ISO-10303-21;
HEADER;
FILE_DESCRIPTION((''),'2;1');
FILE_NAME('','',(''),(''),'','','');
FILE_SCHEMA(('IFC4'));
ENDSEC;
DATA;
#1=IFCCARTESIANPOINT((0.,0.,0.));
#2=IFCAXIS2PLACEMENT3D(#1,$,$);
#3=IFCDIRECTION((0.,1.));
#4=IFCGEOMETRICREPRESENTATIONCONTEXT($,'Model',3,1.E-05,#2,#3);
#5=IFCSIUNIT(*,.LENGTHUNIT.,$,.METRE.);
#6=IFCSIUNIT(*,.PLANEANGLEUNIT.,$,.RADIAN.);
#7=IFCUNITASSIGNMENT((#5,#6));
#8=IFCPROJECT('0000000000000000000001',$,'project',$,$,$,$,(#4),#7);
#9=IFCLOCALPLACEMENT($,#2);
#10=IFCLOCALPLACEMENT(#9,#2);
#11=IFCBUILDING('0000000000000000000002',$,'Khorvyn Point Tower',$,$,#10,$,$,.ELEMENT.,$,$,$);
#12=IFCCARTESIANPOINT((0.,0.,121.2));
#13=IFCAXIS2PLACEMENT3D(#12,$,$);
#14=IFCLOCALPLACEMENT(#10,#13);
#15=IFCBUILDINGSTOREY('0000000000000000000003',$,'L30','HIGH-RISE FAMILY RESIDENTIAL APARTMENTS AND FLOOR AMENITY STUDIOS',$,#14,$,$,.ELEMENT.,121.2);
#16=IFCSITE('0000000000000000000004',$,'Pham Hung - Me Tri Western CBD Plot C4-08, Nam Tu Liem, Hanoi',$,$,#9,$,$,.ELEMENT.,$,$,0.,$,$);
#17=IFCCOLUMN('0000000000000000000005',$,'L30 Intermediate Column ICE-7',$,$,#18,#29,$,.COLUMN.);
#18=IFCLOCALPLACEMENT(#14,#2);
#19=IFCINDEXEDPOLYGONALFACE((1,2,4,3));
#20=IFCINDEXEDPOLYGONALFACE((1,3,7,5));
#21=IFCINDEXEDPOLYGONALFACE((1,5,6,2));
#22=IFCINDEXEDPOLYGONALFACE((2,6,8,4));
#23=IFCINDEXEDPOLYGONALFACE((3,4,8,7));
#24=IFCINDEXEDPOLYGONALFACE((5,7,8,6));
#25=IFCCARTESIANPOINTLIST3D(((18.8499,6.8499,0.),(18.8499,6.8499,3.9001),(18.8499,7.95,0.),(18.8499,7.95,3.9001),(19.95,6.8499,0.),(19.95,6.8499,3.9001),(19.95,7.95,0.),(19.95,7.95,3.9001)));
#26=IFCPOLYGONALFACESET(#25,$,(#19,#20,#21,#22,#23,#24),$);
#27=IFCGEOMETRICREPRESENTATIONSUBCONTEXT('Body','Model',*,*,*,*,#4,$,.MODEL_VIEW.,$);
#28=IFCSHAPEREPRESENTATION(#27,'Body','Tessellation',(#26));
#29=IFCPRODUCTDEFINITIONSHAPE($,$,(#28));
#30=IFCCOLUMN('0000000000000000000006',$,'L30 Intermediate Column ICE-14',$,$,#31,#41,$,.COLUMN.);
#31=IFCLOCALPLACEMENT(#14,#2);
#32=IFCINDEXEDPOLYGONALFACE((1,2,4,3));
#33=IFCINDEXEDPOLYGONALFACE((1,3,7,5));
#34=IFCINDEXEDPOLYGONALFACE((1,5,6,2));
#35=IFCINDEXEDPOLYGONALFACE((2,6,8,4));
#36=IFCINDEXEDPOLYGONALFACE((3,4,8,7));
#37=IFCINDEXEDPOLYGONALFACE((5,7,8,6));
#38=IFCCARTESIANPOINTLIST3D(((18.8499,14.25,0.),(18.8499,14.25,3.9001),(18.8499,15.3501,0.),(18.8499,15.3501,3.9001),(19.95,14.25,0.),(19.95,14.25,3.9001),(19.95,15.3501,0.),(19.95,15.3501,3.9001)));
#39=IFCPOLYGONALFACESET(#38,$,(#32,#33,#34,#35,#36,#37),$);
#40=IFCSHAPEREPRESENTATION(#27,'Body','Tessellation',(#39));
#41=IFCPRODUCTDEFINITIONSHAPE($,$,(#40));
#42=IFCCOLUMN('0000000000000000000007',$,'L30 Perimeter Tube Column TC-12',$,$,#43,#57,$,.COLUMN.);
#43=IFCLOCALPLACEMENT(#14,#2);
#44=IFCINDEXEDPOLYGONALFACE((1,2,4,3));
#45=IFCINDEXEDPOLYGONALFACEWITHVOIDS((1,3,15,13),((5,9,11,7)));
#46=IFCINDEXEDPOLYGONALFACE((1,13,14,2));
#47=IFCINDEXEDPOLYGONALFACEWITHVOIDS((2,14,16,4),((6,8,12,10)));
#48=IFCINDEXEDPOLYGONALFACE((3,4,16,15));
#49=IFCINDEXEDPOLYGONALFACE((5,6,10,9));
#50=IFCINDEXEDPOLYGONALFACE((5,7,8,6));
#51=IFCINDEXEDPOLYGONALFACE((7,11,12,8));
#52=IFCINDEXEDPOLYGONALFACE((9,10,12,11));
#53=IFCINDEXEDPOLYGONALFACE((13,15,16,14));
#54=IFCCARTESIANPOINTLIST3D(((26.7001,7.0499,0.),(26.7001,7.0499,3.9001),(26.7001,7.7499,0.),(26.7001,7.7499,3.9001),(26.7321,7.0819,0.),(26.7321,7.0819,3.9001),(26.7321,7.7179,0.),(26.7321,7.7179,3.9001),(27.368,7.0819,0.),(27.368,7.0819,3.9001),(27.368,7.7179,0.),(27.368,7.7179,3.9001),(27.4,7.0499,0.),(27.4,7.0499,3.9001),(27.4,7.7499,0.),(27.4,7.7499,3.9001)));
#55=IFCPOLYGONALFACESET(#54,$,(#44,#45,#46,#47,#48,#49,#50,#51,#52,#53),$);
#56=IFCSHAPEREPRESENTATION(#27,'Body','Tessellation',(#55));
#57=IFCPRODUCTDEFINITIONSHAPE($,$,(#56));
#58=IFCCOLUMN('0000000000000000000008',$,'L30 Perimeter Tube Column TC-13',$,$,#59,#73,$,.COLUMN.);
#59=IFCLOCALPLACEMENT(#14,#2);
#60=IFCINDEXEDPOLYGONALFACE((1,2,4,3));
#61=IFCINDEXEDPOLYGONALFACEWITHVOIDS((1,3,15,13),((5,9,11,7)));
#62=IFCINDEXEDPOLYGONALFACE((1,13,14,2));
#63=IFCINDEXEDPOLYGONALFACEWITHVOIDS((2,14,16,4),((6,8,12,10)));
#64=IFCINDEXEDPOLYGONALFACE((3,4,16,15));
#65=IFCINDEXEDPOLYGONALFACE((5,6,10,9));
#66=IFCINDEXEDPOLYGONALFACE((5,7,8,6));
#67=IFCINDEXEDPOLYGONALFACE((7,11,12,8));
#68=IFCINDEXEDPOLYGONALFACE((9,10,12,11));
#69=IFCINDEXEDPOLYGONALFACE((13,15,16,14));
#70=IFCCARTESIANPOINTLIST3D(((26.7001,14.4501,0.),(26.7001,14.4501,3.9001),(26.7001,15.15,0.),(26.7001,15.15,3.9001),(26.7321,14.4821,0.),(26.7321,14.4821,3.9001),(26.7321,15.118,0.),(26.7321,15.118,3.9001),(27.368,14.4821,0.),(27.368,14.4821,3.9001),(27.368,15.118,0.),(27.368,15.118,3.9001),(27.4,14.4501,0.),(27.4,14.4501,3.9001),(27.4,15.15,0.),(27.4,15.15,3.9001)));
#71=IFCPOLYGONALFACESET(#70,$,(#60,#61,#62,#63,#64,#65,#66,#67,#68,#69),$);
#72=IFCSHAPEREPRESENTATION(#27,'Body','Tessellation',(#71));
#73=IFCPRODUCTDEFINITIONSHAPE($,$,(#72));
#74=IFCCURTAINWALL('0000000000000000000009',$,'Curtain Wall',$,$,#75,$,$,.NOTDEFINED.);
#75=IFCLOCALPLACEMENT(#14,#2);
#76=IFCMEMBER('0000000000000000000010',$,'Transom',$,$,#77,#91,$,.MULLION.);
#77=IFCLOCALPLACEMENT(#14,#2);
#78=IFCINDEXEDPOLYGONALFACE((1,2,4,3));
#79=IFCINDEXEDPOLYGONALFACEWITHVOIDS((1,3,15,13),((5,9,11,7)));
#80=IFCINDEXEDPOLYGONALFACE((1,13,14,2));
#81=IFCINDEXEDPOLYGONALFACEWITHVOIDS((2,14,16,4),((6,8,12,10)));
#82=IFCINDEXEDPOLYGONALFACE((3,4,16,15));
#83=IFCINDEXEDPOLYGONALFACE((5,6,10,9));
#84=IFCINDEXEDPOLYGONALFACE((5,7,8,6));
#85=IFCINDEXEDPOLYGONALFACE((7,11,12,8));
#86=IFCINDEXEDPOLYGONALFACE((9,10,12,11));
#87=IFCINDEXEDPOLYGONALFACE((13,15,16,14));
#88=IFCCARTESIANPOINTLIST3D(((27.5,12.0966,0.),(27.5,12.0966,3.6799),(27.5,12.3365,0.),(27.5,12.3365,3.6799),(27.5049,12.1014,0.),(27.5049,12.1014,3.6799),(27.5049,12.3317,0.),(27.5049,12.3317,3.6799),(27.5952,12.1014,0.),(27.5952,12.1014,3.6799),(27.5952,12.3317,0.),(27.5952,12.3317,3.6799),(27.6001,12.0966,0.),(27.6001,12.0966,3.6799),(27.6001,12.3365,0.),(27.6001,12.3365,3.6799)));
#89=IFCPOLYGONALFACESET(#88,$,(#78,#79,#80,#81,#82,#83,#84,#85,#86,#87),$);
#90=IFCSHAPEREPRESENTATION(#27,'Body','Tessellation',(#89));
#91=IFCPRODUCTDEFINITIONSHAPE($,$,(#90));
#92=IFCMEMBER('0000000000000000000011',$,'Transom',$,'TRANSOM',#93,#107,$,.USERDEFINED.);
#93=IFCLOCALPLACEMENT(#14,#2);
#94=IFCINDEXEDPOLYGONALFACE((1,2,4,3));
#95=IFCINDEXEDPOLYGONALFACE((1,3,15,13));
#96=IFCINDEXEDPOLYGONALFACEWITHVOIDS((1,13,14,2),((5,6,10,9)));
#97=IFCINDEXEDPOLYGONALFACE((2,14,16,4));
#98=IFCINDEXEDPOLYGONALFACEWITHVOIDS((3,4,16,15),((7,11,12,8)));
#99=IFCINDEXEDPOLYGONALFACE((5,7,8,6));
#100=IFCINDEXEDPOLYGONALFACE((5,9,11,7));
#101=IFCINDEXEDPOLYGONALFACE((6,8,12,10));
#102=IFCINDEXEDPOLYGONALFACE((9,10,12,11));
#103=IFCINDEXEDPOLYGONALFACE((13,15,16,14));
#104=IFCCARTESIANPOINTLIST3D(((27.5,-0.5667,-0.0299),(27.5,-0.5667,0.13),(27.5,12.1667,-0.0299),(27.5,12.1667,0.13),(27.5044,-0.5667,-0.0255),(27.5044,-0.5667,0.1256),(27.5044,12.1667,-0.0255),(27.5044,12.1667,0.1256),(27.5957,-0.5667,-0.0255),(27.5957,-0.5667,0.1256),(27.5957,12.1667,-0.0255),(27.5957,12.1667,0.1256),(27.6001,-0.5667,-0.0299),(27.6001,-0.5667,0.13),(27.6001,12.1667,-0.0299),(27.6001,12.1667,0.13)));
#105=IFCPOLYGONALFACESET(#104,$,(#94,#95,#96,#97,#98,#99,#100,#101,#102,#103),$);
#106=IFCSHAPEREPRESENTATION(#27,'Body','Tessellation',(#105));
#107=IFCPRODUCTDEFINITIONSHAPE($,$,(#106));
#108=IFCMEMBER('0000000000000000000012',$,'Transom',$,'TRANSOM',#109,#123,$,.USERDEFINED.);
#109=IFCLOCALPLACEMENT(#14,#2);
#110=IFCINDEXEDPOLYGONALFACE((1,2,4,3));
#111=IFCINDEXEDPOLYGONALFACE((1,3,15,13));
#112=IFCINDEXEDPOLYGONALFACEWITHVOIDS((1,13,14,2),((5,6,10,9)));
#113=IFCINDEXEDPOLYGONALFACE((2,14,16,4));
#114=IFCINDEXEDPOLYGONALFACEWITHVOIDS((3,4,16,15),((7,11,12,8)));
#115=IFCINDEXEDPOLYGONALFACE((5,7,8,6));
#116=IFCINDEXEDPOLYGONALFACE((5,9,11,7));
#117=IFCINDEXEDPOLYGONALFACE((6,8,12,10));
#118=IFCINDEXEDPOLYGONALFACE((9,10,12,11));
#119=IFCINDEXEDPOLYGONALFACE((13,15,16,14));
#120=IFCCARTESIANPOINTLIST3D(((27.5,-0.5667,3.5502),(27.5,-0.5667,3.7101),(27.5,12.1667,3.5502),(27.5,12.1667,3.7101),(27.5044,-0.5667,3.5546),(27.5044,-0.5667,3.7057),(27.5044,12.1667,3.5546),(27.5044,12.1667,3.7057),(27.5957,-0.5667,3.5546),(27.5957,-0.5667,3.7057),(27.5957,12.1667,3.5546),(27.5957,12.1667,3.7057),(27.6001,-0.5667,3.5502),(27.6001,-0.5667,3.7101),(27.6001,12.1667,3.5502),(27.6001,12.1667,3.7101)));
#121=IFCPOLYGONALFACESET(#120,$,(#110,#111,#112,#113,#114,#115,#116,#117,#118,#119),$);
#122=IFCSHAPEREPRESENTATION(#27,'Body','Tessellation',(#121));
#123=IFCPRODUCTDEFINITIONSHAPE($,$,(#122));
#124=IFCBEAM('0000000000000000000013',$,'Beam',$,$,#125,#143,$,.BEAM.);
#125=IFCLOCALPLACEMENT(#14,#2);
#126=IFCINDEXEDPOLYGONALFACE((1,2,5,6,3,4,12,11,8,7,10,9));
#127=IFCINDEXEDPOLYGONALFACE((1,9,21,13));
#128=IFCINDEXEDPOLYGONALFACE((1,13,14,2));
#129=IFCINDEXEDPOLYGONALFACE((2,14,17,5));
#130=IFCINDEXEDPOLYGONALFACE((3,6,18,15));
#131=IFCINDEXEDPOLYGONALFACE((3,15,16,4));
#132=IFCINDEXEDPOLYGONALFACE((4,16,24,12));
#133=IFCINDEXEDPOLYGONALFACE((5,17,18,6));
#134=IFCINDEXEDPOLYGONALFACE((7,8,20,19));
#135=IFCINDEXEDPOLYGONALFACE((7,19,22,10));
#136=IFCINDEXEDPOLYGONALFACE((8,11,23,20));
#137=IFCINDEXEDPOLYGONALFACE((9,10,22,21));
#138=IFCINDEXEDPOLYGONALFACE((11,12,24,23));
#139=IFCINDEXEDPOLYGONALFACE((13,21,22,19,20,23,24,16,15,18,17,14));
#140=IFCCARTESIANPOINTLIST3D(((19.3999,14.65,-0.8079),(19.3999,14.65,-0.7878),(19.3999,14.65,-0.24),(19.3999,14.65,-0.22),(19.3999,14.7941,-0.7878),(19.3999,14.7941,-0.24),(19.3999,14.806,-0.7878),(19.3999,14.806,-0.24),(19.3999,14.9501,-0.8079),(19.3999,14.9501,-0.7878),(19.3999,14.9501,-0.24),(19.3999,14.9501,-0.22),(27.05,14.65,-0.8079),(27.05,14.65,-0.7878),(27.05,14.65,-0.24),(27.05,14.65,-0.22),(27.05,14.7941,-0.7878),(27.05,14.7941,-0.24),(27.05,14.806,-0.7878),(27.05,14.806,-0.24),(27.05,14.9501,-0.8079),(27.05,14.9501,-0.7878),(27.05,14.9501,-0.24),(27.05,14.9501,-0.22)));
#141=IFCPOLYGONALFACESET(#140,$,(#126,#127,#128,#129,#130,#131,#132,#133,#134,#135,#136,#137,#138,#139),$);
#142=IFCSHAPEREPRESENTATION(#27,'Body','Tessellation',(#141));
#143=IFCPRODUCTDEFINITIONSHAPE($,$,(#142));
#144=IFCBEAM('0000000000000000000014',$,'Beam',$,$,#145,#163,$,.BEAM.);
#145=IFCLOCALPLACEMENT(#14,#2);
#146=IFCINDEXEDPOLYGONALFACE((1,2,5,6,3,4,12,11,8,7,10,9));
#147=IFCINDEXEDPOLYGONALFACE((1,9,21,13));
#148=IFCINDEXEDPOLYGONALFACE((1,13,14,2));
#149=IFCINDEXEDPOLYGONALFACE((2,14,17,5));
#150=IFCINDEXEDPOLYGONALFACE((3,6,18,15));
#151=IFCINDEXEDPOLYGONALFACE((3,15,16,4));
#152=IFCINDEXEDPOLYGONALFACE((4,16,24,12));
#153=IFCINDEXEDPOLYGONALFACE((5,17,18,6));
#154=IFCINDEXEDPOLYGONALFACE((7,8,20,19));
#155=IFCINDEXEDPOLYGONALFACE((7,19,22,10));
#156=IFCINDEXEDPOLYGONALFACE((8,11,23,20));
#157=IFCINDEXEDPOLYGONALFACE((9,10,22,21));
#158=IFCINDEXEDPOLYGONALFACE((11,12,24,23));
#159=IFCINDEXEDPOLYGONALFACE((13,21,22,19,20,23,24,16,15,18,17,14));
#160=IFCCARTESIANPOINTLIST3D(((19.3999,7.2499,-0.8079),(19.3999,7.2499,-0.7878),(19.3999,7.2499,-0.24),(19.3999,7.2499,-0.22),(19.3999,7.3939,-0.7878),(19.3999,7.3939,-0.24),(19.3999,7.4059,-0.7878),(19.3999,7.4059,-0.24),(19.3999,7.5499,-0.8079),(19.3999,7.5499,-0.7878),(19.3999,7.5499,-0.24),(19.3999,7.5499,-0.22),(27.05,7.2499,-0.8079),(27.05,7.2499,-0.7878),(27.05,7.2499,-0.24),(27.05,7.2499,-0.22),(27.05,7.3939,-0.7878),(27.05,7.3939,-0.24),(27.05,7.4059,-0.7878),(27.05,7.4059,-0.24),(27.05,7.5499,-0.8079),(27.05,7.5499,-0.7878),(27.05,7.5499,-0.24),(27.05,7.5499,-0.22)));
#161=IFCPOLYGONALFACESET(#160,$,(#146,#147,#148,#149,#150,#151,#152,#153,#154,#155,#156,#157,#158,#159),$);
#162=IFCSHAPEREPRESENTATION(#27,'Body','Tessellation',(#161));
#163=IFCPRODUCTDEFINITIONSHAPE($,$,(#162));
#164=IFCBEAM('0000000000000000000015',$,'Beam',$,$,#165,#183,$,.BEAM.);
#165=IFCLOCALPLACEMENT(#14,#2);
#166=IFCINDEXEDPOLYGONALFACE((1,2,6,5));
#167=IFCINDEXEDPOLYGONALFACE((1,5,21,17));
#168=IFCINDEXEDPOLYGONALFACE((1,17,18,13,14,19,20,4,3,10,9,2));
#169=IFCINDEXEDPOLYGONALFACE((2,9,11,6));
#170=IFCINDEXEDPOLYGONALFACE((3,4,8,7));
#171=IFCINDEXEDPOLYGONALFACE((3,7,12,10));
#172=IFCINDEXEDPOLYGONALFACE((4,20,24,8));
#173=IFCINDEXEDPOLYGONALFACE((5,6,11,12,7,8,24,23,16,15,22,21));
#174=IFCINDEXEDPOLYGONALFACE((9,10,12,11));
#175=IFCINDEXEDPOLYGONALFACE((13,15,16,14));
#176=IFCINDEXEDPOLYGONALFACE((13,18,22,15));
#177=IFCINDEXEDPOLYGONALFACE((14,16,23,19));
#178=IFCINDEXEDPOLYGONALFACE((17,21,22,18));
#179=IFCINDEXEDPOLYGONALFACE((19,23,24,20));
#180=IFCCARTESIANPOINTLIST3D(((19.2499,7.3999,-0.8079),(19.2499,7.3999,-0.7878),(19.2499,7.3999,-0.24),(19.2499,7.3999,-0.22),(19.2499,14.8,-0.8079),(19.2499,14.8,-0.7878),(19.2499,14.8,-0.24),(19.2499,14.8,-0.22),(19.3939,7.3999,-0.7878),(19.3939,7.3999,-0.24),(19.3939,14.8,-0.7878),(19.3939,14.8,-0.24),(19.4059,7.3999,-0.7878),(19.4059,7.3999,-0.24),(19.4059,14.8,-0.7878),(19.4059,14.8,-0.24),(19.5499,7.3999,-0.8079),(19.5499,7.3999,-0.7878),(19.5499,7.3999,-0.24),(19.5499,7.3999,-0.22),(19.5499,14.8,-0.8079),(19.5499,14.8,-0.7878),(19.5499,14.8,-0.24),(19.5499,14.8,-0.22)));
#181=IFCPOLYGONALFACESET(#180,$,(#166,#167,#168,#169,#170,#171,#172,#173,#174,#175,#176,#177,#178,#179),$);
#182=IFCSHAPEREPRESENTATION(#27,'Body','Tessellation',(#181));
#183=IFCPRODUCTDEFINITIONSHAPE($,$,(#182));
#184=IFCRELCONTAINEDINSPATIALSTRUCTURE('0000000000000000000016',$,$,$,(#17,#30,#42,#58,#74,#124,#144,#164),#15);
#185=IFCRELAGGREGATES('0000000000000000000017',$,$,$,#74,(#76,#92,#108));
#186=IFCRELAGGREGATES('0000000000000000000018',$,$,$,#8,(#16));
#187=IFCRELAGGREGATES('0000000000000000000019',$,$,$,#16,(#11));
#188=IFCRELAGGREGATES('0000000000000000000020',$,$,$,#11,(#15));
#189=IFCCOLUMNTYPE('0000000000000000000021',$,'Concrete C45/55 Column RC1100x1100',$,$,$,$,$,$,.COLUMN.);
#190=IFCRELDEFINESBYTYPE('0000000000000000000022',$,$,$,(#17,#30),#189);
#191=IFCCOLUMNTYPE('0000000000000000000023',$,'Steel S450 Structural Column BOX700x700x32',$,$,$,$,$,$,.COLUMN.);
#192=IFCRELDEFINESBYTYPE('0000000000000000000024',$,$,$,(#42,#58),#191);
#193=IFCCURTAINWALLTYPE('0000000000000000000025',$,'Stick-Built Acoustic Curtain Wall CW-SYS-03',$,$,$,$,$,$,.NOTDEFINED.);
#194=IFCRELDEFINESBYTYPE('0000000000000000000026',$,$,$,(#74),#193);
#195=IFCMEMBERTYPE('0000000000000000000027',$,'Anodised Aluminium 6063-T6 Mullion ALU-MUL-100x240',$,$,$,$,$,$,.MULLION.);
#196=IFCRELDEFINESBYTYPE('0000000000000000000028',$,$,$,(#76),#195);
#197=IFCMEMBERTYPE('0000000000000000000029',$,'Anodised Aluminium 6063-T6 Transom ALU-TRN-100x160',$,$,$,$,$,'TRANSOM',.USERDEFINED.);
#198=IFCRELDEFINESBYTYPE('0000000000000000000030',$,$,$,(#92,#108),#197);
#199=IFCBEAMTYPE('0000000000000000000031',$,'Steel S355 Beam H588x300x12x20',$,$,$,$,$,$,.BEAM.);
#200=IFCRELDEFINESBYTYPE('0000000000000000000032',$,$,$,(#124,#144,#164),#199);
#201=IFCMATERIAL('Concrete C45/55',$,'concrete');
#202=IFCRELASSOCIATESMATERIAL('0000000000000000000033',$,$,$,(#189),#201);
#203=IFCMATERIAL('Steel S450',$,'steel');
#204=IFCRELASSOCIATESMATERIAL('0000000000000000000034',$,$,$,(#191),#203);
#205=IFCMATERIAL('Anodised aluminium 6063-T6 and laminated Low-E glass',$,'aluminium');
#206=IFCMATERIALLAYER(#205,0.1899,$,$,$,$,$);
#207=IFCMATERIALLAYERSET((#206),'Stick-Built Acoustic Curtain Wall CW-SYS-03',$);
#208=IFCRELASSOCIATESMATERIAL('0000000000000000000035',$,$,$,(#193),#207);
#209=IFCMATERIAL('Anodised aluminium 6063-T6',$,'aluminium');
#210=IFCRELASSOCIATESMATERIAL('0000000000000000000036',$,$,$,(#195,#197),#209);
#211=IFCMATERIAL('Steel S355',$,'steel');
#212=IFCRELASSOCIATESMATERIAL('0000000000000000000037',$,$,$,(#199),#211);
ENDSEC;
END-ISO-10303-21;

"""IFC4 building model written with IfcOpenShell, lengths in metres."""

from ifc_helpers import new_model, si_unit, direction, frame, origin, origin_2d, place, context, subcontext, project, spatial, rectangle, hollow_rectangle, i_section, extrude, material, layer, layer_set, material_profile, profile_set, type_object, element, aggregate, save


model = new_model("IFC4")

# Units and contexts
model_context = context("Model", 3, precision=1e-05, world=origin(), true_north=direction((0.0, 1.0)))
body_context = subcontext(model_context, "Body", "Model", "MODEL_VIEW")
ifc_project = project(units=[si_unit("LENGTHUNIT", "METRE"), si_unit("PLANEANGLEUNIT", "RADIAN")], contexts=[model_context])

# Site, building, storey
site_placement = place(None, origin())
site = spatial("IfcSite", under=ifc_project, at=site_placement, Name="Pham Hung - Me Tri Western CBD Plot C4-08, Nam Tu Liem, Hanoi", CompositionType="ELEMENT", RefElevation=0.0)
building_placement = place(site_placement, origin())
building = spatial("IfcBuilding", under=site, at=building_placement, Name="Khorvyn Point Tower", CompositionType="ELEMENT")
storey_placement = place(building_placement, frame((0.0, 0.0, 121.2)))
storey = spatial("IfcBuildingStorey", under=building, at=storey_placement, Name="L30", Description="HIGH-RISE FAMILY RESIDENTIAL APARTMENTS AND FLOOR AMENITY STUDIOS", CompositionType="ELEMENT", Elevation=121.2)

# Columns
ifc_material_1 = material(Name="Concrete C45/55", Category="concrete")
ifc_material_profile_1 = material_profile(ifc_material_1, rectangle(XDim=1.1001, YDim=1.1001, at=origin_2d()))
ifc_profile_set_1 = profile_set([ifc_material_profile_1], Name="Concrete C45/55 RC1100x1100")
column_type_1 = type_object("IfcColumnType", Name="Concrete C45/55 Column RC1100x1100", PredefinedType="COLUMN", material=ifc_profile_set_1)
for number, where, z_axis, x_axis, name in (
    (1, (19.3999, 7.3999, 0.0), (0.0, 0.0, 1.0), (1.0, 0.0, 0.0), "L30 Intermediate Column ICE-7"),
    (2, (19.3999, 14.8, 0.0), (0.0, 0.0, 1.0), (1.0, 0.0, 0.0), "L30 Intermediate Column ICE-14"),
):
    element("IfcColumn", number, at=place(storey_placement, frame(where, z_axis=z_axis, x_axis=x_axis)), inside=storey, type_object=column_type_1, Name=name, PredefinedType="COLUMN", context=body_context, shape_type="SweptSolid", body=[
        extrude(rectangle(XDim=1.1001, YDim=1.1001, at=origin_2d()), origin(), (0.0, 0.0, 1.0), 3.9001),
    ])
ifc_material_2 = material(Name="Steel S450", Category="steel")
ifc_material_profile_2 = material_profile(ifc_material_2, hollow_rectangle(XDim=0.7, YDim=0.7, WallThickness=0.032, at=origin_2d()))
ifc_profile_set_2 = profile_set([ifc_material_profile_2], Name="Steel S450 BOX700x700x32")
column_type_2 = type_object("IfcColumnType", Name="Steel S450 Structural Column BOX700x700x32", PredefinedType="COLUMN", material=ifc_profile_set_2)
for number, where, z_axis, x_axis, name in (
    (3, (27.05, 7.3999, 0.0), (0.0, 0.0, 1.0), (1.0, 0.0, 0.0), "L30 Perimeter Tube Column TC-12"),
    (4, (27.05, 14.8, 0.0), (0.0, 0.0, 1.0), (1.0, 0.0, 0.0), "L30 Perimeter Tube Column TC-13"),
):
    element("IfcColumn", number, at=place(storey_placement, frame(where, z_axis=z_axis, x_axis=x_axis)), inside=storey, type_object=column_type_2, Name=name, PredefinedType="COLUMN", context=body_context, shape_type="SweptSolid", body=[
        extrude(hollow_rectangle(XDim=0.7, YDim=0.7, WallThickness=0.032, at=origin_2d()), origin(), (0.0, 0.0, 1.0), 3.9001),
    ])

# Curtain wall, members
ifc_material_3 = material(Name="Anodised aluminium 6063-T6 and laminated Low-E glass", Category="aluminium")
ifc_layer_1 = layer(ifc_material_3, 0.1899)
ifc_layer_set_1 = layer_set([ifc_layer_1], Name="Stick-Built Acoustic Curtain Wall CW-SYS-03")
curtain_wall_type = type_object("IfcCurtainWallType", Name="Stick-Built Acoustic Curtain Wall CW-SYS-03", PredefinedType="NOTDEFINED", material=ifc_layer_set_1)
curtain_wall_placement = place(storey_placement, origin())
curtain_wall = element("IfcCurtainWall", 5, at=curtain_wall_placement, inside=storey, type_object=curtain_wall_type, Name="Curtain Wall", PredefinedType="NOTDEFINED")
ifc_material_4 = material(Name="Anodised aluminium 6063-T6", Category="aluminium")
ifc_material_profile_3 = material_profile(ifc_material_4, hollow_rectangle(XDim=0.1001, YDim=0.24, WallThickness=0.0049, at=origin_2d()))
ifc_profile_set_3 = profile_set([ifc_material_profile_3], Name="Anodised aluminium 6063-T6 ALU-MUL-100x240")
member_type_1 = type_object("IfcMemberType", Name="Anodised Aluminium 6063-T6 Mullion ALU-MUL-100x240", PredefinedType="MULLION", material=ifc_profile_set_3)
member_1_placement = place(storey_placement, frame((27.55, 12.2166, 0.0), z_axis=(0.0, 0.0, 1.0), x_axis=(1.0, 0.0, 0.0)))
member_1 = element("IfcMember", 6, at=member_1_placement, type_object=member_type_1, Name="Transom", PredefinedType="MULLION", context=body_context, shape_type="SweptSolid", body=[
    extrude(hollow_rectangle(XDim=0.1001, YDim=0.24, WallThickness=0.0049, at=origin_2d()), origin(), (0.0, 0.0, 1.0), 3.6799),
])
ifc_material_profile_4 = material_profile(ifc_material_4, hollow_rectangle(XDim=0.1001, YDim=0.1599, WallThickness=0.0044, at=origin_2d()))
ifc_profile_set_4 = profile_set([ifc_material_profile_4], Name="Anodised aluminium 6063-T6 ALU-TRN-100x160")
member_type_2 = type_object("IfcMemberType", Name="Anodised Aluminium 6063-T6 Transom ALU-TRN-100x160", ElementType="TRANSOM", PredefinedType="USERDEFINED", material=ifc_profile_set_4)
member_2_placement = place(storey_placement, frame((27.55, 12.1667, 0.05), z_axis=(0.0, -1.0, 0.0), x_axis=(1.0, 0.0, 0.0)))
member_2 = element("IfcMember", 7, at=member_2_placement, type_object=member_type_2, Name="Transom", ObjectType="TRANSOM", PredefinedType="USERDEFINED", context=body_context, shape_type="SweptSolid", body=[
    extrude(hollow_rectangle(XDim=0.1001, YDim=0.1599, WallThickness=0.0044, at=origin_2d()), origin(), (0.0, 0.0, 1.0), 12.7334),
])
member_3_placement = place(storey_placement, frame((27.55, 12.1667, 3.6301), z_axis=(0.0, -1.0, 0.0), x_axis=(1.0, 0.0, 0.0)))
member_3 = element("IfcMember", 8, at=member_3_placement, type_object=member_type_2, Name="Transom", ObjectType="TRANSOM", PredefinedType="USERDEFINED", context=body_context, shape_type="SweptSolid", body=[
    extrude(hollow_rectangle(XDim=0.1001, YDim=0.1599, WallThickness=0.0044, at=origin_2d()), origin(), (0.0, 0.0, 1.0), 12.7334),
])

# Beams
ifc_material_5 = material(Name="Steel S355", Category="steel")
ifc_material_profile_5 = material_profile(ifc_material_5, i_section(OverallWidth=0.3, OverallDepth=0.5879, WebThickness=0.012, FlangeThickness=0.02, at=origin_2d()))
ifc_profile_set_5 = profile_set([ifc_material_profile_5], Name="Steel S355 H588x300x12x20")
beam_type_1 = type_object("IfcBeamType", Name="Steel S355 Beam H588x300x12x20", PredefinedType="BEAM", material=ifc_profile_set_5)
for number, where, z_axis, x_axis, name in (
    (9, (19.3999, 14.8, -0.5139), (1.0, 0.0, 0.0), (0.0, 1.0, 0.0), "Beam"),
    (10, (19.3999, 7.3999, -0.5139), (1.0, 0.0, 0.0), (0.0, 1.0, 0.0), "Beam"),
):
    element("IfcBeam", number, at=place(storey_placement, frame(where, z_axis=z_axis, x_axis=x_axis)), inside=storey, type_object=beam_type_1, Name=name, PredefinedType="BEAM", context=body_context, shape_type="SweptSolid", body=[
        extrude(i_section(OverallWidth=0.3, OverallDepth=0.5879, WebThickness=0.012, FlangeThickness=0.02, at=origin_2d()), origin(), (0.0, 0.0, 1.0), 7.6501),
    ])
beam_1_placement = place(storey_placement, frame((19.3999, 7.3999, -0.5139), z_axis=(0.0, 1.0, 0.0), x_axis=(-1.0, 0.0, 0.0)))
element("IfcBeam", 11, at=beam_1_placement, inside=storey, type_object=beam_type_1, Name="Beam", PredefinedType="BEAM", context=body_context, shape_type="SweptSolid", body=[
    extrude(i_section(OverallWidth=0.3, OverallDepth=0.5879, WebThickness=0.012, FlangeThickness=0.02, at=origin_2d()), origin(), (0.0, 0.0, 1.0), 7.4001),
])

aggregate(curtain_wall, [member_1, member_2, member_3])

save(model, "model.ifc")
